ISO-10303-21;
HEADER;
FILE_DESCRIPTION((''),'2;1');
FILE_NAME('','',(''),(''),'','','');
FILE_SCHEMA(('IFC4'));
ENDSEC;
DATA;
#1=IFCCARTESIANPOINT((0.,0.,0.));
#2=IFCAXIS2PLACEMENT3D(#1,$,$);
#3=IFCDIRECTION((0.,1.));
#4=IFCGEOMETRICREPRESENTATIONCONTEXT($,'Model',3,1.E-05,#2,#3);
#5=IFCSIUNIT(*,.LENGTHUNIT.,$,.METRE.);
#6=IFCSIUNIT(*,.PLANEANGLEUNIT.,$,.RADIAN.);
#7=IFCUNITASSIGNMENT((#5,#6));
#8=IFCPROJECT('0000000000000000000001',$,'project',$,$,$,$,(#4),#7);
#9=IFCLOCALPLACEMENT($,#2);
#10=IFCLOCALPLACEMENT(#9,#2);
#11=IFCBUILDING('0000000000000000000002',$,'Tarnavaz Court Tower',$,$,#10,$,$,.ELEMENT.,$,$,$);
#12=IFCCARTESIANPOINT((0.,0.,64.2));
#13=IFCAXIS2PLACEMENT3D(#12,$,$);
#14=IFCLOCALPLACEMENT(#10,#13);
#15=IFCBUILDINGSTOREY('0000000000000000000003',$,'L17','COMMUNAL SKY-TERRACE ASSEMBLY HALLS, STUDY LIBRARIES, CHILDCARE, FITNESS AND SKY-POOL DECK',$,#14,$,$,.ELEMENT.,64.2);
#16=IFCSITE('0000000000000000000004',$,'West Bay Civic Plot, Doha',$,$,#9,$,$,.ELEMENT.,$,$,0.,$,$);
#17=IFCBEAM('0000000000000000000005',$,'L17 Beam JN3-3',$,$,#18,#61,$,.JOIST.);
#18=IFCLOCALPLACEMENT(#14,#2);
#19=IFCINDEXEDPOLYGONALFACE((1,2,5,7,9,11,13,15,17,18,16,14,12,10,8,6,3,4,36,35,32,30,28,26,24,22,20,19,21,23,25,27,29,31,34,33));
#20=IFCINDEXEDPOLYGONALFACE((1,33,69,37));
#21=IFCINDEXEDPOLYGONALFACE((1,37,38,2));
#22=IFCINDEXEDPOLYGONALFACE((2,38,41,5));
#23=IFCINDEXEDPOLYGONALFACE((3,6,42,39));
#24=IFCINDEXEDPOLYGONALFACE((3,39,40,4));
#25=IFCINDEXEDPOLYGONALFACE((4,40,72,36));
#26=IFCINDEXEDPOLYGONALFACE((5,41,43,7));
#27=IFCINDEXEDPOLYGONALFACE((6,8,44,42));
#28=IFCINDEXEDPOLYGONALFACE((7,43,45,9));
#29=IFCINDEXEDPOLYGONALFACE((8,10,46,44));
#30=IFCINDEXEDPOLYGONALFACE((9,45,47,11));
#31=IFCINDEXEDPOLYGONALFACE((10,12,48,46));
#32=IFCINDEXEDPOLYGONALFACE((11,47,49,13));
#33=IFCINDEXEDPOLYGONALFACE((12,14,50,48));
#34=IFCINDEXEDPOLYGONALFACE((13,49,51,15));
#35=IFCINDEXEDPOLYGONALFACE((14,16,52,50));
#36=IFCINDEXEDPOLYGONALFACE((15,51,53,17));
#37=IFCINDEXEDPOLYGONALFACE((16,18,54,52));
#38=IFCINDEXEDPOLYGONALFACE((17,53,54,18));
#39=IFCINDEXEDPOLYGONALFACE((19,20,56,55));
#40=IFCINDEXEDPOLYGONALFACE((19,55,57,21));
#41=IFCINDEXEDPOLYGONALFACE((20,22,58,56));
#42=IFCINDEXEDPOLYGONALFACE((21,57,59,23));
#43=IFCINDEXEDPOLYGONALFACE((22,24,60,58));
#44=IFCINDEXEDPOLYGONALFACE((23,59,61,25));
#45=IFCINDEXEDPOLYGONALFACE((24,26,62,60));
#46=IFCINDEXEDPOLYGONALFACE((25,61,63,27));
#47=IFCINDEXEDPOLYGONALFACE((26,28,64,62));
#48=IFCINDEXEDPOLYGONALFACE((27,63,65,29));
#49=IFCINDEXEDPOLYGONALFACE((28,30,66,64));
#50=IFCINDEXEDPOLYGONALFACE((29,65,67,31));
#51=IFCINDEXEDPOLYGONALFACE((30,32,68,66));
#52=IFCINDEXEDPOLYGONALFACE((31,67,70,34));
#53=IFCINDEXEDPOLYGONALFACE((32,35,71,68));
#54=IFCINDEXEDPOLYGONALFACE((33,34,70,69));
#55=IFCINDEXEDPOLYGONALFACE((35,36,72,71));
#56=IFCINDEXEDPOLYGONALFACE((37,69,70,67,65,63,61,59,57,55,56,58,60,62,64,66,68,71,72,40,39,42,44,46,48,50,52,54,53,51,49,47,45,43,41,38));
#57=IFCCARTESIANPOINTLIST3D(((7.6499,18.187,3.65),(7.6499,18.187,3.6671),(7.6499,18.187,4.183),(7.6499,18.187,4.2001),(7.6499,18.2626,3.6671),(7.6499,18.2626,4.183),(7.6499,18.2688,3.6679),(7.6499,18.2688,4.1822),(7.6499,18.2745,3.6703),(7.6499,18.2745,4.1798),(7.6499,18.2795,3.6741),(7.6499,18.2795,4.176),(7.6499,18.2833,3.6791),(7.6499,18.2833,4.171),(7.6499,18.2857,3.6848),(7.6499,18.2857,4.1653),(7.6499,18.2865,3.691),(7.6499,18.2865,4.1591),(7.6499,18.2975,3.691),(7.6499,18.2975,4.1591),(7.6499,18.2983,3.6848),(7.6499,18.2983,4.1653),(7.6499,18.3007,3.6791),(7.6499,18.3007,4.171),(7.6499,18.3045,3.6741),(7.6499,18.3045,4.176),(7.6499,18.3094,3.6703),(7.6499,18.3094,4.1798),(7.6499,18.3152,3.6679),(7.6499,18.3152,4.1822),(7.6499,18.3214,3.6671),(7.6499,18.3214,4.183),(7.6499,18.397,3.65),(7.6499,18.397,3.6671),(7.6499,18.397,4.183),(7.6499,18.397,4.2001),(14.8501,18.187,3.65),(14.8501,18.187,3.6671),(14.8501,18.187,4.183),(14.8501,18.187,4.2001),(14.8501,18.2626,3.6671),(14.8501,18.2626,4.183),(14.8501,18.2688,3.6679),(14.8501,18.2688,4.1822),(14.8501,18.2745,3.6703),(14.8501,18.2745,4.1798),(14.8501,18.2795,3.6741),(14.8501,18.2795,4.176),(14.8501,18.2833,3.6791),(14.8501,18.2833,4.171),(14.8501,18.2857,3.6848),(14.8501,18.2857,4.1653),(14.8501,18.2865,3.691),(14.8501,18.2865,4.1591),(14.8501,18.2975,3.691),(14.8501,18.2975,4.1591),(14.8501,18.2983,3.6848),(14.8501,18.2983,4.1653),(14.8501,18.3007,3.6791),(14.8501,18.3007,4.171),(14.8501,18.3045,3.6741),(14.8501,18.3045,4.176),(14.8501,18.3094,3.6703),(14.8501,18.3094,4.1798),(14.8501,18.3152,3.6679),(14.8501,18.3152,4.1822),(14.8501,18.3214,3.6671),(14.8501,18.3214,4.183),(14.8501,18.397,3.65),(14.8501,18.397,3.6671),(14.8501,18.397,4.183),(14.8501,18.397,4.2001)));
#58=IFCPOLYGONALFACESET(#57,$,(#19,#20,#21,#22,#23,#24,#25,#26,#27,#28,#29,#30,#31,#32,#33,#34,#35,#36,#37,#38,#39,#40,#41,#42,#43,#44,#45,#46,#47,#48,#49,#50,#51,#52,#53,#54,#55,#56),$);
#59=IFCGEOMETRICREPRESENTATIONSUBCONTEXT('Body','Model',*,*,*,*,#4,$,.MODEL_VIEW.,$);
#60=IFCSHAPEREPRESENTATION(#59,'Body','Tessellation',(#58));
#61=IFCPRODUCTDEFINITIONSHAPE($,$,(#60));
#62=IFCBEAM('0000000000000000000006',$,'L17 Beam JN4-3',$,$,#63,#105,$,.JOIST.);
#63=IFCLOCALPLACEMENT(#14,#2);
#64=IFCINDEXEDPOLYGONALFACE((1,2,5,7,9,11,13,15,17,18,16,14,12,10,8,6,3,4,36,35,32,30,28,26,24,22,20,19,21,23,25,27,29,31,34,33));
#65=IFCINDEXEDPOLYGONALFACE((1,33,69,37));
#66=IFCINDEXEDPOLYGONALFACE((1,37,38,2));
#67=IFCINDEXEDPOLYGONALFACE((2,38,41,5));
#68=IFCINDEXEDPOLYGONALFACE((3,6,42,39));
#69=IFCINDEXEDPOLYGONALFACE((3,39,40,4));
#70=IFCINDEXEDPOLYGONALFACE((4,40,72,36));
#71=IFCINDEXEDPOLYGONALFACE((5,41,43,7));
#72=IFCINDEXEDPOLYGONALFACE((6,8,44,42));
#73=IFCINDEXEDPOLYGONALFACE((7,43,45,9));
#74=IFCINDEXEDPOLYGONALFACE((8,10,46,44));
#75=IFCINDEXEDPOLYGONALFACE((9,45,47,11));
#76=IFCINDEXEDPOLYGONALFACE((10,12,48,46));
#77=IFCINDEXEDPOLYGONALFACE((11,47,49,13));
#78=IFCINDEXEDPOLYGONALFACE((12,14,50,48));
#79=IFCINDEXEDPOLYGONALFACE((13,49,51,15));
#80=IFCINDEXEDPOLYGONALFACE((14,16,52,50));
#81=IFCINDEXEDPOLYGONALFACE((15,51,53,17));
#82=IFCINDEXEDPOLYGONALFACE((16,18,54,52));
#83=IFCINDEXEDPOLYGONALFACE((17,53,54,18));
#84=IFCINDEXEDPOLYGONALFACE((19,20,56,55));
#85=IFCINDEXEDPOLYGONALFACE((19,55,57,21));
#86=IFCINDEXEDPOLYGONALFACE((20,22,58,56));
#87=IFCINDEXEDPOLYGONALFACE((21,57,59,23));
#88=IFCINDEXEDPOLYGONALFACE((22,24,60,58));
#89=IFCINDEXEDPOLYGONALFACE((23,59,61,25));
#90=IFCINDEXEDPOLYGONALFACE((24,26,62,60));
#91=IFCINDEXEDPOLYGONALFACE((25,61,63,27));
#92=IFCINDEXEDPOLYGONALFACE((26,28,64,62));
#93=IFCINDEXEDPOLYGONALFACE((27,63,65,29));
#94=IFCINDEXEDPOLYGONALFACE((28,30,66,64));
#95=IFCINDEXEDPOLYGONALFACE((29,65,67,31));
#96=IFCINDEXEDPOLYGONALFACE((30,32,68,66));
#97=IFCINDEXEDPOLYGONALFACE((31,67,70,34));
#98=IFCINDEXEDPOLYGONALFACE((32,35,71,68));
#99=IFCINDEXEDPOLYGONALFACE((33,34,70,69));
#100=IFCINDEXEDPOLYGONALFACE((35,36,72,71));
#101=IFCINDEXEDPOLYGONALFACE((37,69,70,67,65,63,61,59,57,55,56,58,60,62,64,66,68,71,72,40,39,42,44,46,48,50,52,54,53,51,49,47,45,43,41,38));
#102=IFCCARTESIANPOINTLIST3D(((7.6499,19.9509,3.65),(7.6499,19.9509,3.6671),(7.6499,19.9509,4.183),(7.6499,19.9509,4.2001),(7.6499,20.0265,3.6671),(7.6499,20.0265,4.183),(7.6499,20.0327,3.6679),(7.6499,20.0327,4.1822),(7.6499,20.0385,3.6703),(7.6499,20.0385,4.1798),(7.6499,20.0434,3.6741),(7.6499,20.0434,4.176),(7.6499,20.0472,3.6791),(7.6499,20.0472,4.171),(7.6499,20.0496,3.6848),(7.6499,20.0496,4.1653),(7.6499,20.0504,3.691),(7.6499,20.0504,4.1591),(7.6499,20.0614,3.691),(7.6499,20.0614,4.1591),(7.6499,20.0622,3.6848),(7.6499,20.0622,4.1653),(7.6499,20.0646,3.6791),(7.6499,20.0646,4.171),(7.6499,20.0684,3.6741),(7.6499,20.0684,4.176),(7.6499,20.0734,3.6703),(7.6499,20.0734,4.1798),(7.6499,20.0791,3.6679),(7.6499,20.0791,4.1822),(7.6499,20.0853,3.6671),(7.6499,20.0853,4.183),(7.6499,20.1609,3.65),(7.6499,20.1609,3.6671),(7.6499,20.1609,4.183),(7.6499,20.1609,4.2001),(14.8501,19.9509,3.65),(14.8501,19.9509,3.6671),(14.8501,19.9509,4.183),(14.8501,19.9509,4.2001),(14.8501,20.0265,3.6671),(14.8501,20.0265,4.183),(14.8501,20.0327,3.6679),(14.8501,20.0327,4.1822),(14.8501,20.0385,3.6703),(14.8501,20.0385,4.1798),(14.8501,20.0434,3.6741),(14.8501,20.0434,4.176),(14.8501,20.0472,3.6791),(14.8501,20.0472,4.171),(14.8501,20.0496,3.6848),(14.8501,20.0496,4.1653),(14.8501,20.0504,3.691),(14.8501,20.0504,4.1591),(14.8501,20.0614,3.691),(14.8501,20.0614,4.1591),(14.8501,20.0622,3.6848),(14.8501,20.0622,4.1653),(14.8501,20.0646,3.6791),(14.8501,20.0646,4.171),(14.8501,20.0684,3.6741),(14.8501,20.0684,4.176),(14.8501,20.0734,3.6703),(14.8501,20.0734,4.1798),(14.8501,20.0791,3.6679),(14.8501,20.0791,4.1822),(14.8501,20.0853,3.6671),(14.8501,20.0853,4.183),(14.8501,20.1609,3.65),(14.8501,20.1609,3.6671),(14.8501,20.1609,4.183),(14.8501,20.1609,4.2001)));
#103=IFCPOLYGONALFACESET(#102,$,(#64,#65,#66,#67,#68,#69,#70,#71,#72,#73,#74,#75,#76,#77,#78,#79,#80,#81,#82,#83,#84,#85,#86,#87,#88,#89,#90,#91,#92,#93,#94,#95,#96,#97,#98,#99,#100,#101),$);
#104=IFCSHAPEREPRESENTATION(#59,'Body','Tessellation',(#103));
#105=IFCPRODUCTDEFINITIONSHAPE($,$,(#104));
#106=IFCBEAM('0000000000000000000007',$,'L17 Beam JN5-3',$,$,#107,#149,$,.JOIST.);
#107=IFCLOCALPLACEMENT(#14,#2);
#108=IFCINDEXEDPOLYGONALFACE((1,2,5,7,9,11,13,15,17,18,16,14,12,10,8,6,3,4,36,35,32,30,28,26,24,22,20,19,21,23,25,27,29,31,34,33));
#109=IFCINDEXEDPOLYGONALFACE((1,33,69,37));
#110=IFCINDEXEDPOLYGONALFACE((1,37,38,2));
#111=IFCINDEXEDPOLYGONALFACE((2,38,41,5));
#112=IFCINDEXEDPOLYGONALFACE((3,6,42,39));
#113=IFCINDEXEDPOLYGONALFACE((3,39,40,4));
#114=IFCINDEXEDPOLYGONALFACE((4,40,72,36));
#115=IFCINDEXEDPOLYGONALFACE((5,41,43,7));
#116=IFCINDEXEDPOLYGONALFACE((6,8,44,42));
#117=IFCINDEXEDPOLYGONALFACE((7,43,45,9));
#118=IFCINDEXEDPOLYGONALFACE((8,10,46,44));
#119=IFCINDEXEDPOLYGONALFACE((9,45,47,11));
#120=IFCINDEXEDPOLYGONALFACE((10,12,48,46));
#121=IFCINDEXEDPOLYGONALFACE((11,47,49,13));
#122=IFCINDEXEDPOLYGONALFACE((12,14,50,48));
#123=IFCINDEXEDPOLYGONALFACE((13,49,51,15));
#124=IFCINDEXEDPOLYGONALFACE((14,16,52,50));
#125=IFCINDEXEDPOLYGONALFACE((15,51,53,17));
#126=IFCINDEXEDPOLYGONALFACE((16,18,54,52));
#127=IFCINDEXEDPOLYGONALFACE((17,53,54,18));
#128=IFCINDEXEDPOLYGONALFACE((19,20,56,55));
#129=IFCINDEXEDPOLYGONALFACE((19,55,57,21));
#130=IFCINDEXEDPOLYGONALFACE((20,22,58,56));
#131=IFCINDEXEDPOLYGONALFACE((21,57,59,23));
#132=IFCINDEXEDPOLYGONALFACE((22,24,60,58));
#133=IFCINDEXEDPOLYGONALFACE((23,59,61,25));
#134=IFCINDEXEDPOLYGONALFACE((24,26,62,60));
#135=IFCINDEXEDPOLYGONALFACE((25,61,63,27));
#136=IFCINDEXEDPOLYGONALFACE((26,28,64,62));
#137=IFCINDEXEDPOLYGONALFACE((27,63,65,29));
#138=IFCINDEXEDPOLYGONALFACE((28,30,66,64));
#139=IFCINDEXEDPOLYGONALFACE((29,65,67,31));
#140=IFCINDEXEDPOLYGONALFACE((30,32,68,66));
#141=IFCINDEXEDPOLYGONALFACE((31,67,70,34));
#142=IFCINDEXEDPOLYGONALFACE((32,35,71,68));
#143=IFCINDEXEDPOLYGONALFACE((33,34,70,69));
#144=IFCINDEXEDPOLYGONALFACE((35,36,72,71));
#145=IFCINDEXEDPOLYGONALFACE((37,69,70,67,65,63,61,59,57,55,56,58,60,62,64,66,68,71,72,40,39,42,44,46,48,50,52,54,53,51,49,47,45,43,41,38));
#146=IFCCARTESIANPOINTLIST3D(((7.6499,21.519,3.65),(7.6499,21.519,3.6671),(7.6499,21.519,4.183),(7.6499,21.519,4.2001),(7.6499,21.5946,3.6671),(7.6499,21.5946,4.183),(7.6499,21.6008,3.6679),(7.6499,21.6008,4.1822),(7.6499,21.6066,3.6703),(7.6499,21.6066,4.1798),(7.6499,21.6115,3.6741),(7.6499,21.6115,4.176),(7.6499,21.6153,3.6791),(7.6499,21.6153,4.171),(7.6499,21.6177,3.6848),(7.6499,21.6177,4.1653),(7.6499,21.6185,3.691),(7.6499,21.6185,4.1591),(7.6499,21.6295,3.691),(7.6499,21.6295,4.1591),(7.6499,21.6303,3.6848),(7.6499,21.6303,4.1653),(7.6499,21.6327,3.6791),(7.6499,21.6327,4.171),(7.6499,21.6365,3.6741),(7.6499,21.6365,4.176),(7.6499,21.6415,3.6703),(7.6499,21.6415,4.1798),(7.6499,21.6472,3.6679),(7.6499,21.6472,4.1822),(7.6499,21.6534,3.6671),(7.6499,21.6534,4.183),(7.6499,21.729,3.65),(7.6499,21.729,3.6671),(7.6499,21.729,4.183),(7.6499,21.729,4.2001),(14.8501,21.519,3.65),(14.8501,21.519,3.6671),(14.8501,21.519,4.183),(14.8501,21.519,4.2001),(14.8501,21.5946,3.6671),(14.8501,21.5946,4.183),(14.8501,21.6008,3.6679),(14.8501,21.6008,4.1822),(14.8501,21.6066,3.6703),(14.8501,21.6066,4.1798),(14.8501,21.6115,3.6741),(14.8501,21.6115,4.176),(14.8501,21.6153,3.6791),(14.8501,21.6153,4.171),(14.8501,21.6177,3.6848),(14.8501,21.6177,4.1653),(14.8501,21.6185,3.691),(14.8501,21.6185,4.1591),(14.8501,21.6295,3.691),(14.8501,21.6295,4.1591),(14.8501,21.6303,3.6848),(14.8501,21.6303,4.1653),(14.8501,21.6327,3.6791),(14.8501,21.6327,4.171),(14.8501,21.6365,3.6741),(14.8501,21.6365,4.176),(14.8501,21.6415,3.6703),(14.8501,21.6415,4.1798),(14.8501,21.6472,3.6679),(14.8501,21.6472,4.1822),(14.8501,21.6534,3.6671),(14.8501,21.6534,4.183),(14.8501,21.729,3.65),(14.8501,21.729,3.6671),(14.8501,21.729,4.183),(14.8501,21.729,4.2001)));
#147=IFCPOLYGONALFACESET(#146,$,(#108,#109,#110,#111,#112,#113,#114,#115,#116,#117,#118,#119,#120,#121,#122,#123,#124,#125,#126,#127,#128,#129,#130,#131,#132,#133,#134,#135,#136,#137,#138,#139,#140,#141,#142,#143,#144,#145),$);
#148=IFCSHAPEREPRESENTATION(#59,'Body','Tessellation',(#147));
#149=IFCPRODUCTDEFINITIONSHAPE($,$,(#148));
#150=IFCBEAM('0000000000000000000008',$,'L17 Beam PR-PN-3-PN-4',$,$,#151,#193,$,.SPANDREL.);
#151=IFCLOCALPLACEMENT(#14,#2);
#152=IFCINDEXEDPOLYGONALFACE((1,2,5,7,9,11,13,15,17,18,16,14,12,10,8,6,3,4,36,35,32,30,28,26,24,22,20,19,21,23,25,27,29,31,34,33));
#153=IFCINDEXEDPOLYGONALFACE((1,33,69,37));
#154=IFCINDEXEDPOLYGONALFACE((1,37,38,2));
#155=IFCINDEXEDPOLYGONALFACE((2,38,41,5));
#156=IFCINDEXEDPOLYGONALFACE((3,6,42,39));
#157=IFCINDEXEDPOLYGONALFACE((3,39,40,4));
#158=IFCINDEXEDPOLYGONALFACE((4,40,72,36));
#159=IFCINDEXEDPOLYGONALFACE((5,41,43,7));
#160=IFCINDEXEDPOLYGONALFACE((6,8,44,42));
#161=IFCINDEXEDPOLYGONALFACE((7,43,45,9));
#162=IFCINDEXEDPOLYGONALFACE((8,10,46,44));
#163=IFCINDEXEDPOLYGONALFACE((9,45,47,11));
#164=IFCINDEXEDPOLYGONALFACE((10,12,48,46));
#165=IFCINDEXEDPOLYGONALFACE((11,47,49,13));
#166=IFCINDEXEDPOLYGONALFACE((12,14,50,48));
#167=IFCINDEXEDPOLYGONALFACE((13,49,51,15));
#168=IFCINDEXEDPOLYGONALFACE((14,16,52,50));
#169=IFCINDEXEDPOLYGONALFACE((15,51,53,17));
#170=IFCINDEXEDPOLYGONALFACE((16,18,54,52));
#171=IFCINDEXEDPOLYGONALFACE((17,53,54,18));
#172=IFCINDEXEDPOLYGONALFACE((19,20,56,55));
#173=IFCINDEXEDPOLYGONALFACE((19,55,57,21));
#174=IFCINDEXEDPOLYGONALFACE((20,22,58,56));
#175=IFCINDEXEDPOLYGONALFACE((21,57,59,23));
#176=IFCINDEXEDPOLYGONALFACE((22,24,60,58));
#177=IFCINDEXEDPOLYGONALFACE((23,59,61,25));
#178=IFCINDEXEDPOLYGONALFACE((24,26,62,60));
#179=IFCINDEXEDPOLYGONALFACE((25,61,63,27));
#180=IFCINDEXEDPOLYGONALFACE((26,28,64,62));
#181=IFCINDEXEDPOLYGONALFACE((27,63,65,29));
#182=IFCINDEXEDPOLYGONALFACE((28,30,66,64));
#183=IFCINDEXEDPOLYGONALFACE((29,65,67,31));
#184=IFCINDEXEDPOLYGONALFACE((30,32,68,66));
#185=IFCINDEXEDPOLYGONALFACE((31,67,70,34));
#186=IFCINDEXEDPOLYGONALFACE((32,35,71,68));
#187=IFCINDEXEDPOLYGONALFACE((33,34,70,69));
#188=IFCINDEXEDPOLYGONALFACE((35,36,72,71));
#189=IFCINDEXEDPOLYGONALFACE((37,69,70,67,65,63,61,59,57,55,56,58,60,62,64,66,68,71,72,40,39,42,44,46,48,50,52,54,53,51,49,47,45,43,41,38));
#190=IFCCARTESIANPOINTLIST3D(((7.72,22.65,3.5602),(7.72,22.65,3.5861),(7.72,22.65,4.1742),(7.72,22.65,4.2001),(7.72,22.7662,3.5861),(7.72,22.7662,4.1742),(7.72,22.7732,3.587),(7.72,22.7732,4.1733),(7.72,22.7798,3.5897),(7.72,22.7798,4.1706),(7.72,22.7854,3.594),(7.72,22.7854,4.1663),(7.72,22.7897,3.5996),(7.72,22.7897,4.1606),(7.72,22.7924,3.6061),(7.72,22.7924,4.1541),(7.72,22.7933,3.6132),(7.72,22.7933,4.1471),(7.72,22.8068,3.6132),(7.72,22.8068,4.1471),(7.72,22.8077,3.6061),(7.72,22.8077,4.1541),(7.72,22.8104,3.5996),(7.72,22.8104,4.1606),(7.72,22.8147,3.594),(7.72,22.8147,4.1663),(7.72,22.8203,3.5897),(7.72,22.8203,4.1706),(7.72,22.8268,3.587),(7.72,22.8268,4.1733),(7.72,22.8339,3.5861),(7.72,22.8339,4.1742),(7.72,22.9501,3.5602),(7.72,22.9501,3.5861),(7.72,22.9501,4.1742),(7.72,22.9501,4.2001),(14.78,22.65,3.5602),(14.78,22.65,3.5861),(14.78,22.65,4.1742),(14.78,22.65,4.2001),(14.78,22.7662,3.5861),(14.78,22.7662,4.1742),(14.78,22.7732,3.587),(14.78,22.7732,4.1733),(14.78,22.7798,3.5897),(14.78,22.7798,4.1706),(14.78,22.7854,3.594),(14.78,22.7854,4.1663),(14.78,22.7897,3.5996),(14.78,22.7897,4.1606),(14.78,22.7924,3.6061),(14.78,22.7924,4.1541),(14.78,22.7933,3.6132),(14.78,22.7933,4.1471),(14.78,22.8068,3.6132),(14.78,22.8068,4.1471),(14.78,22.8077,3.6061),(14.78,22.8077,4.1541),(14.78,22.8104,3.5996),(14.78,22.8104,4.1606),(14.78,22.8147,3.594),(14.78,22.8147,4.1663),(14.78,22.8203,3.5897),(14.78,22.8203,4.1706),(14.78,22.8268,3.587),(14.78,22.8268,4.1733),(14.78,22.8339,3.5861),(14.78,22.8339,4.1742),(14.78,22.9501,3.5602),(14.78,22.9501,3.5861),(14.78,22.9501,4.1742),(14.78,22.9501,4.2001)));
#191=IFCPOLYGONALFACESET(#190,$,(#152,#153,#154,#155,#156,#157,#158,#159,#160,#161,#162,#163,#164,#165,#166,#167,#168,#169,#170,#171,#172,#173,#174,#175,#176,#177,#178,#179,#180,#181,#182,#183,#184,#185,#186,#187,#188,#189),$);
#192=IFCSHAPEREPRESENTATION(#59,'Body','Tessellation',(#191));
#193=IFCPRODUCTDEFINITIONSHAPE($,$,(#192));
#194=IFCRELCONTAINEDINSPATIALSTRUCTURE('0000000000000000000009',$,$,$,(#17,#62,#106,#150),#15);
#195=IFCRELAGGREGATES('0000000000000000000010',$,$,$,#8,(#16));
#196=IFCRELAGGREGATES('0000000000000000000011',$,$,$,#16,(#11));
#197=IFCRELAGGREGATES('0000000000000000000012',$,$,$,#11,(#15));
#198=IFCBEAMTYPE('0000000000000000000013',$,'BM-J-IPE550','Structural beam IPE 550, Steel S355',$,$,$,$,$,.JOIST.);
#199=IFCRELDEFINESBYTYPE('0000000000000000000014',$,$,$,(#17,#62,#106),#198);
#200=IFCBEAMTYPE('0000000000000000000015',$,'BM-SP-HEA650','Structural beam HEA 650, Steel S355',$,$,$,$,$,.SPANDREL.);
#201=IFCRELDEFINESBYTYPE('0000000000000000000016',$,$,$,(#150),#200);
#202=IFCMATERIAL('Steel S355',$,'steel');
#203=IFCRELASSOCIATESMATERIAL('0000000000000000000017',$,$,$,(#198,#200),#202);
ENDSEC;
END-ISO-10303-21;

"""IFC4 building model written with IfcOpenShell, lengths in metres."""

from ifc_helpers import new_model, si_unit, direction, frame, origin, origin_2d, place, context, subcontext, project, spatial, i_section, extrude, material, material_profile, profile_set, type_object, element, save


model = new_model("IFC4")

# Units and contexts
model_context = context("Model", 3, precision=1e-05, world=origin(), true_north=direction((0.0, 1.0)))
body_context = subcontext(model_context, "Body", "Model", "MODEL_VIEW")
ifc_project = project(units=[si_unit("LENGTHUNIT", "METRE"), si_unit("PLANEANGLEUNIT", "RADIAN")], contexts=[model_context])

# Site, building, storey
site_placement = place(None, origin())
site = spatial("IfcSite", under=ifc_project, at=site_placement, Name="West Bay Civic Plot, Doha", CompositionType="ELEMENT", RefElevation=0.0)
building_placement = place(site_placement, origin())
building = spatial("IfcBuilding", under=site, at=building_placement, Name="Tarnavaz Court Tower", CompositionType="ELEMENT")
storey_placement = place(building_placement, frame((0.0, 0.0, 64.2)))
storey = spatial("IfcBuildingStorey", under=building, at=storey_placement, Name="L17", Description="COMMUNAL SKY-TERRACE ASSEMBLY HALLS, STUDY LIBRARIES, CHILDCARE, FITNESS AND SKY-POOL DECK", CompositionType="ELEMENT", Elevation=64.2)

# Beams
ifc_material_1 = material(Name="Steel S355", Category="steel")
ifc_material_profile_1 = material_profile(ifc_material_1, i_section(OverallWidth=0.21, OverallDepth=0.55, WebThickness=0.011, FlangeThickness=0.0171, FilletRadius=0.0239, at=origin_2d()), Name="IPE 550")
ifc_profile_set_1 = profile_set([ifc_material_profile_1], Name="Steel S355")
beam_type_1 = type_object("IfcBeamType", Name="BM-J-IPE550", Description="Structural beam IPE 550, Steel S355", PredefinedType="JOIST", material=ifc_profile_set_1)
for number, where, z_axis, x_axis, name in (
    (1, (7.6499, 18.292, 3.925), (1.0, 0.0, 0.0), (0.0, 1.0, 0.0), "L17 Beam JN3-3"),
    (2, (7.6499, 20.0559, 3.925), (1.0, 0.0, 0.0), (0.0, 1.0, 0.0), "L17 Beam JN4-3"),
    (3, (7.6499, 21.624, 3.925), (1.0, 0.0, 0.0), (0.0, 1.0, 0.0), "L17 Beam JN5-3"),
):
    element("IfcBeam", number, at=place(storey_placement, frame(where, z_axis=z_axis, x_axis=x_axis)), inside=storey, type_object=beam_type_1, Name=name, PredefinedType="JOIST", context=body_context, shape_type="SweptSolid", body=[
        extrude(i_section(OverallWidth=0.21, OverallDepth=0.55, WebThickness=0.011, FlangeThickness=0.0171, FilletRadius=0.0239, at=origin_2d()), origin(), (0.0, 0.0, 1.0), 7.2002),
    ])
ifc_material_profile_2 = material_profile(ifc_material_1, i_section(OverallWidth=0.3, OverallDepth=0.6399, WebThickness=0.0134, FlangeThickness=0.0259, FilletRadius=0.0271, at=origin_2d()), Name="HEA 650")
ifc_profile_set_2 = profile_set([ifc_material_profile_2], Name="Steel S355")
beam_type_2 = type_object("IfcBeamType", Name="BM-SP-HEA650", Description="Structural beam HEA 650, Steel S355", PredefinedType="SPANDREL", material=ifc_profile_set_2)
beam_placement = place(storey_placement, frame((7.72, 22.8, 3.8801), z_axis=(1.0, 0.0, 0.0), x_axis=(0.0, 1.0, 0.0)))
element("IfcBeam", 4, at=beam_placement, inside=storey, type_object=beam_type_2, Name="L17 Beam PR-PN-3-PN-4", PredefinedType="SPANDREL", context=body_context, shape_type="SweptSolid", body=[
    extrude(i_section(OverallWidth=0.3, OverallDepth=0.6399, WebThickness=0.0134, FlangeThickness=0.0259, FilletRadius=0.0271, at=origin_2d()), origin(), (0.0, 0.0, 1.0), 7.0601),
])

save(model, "model.ifc")
